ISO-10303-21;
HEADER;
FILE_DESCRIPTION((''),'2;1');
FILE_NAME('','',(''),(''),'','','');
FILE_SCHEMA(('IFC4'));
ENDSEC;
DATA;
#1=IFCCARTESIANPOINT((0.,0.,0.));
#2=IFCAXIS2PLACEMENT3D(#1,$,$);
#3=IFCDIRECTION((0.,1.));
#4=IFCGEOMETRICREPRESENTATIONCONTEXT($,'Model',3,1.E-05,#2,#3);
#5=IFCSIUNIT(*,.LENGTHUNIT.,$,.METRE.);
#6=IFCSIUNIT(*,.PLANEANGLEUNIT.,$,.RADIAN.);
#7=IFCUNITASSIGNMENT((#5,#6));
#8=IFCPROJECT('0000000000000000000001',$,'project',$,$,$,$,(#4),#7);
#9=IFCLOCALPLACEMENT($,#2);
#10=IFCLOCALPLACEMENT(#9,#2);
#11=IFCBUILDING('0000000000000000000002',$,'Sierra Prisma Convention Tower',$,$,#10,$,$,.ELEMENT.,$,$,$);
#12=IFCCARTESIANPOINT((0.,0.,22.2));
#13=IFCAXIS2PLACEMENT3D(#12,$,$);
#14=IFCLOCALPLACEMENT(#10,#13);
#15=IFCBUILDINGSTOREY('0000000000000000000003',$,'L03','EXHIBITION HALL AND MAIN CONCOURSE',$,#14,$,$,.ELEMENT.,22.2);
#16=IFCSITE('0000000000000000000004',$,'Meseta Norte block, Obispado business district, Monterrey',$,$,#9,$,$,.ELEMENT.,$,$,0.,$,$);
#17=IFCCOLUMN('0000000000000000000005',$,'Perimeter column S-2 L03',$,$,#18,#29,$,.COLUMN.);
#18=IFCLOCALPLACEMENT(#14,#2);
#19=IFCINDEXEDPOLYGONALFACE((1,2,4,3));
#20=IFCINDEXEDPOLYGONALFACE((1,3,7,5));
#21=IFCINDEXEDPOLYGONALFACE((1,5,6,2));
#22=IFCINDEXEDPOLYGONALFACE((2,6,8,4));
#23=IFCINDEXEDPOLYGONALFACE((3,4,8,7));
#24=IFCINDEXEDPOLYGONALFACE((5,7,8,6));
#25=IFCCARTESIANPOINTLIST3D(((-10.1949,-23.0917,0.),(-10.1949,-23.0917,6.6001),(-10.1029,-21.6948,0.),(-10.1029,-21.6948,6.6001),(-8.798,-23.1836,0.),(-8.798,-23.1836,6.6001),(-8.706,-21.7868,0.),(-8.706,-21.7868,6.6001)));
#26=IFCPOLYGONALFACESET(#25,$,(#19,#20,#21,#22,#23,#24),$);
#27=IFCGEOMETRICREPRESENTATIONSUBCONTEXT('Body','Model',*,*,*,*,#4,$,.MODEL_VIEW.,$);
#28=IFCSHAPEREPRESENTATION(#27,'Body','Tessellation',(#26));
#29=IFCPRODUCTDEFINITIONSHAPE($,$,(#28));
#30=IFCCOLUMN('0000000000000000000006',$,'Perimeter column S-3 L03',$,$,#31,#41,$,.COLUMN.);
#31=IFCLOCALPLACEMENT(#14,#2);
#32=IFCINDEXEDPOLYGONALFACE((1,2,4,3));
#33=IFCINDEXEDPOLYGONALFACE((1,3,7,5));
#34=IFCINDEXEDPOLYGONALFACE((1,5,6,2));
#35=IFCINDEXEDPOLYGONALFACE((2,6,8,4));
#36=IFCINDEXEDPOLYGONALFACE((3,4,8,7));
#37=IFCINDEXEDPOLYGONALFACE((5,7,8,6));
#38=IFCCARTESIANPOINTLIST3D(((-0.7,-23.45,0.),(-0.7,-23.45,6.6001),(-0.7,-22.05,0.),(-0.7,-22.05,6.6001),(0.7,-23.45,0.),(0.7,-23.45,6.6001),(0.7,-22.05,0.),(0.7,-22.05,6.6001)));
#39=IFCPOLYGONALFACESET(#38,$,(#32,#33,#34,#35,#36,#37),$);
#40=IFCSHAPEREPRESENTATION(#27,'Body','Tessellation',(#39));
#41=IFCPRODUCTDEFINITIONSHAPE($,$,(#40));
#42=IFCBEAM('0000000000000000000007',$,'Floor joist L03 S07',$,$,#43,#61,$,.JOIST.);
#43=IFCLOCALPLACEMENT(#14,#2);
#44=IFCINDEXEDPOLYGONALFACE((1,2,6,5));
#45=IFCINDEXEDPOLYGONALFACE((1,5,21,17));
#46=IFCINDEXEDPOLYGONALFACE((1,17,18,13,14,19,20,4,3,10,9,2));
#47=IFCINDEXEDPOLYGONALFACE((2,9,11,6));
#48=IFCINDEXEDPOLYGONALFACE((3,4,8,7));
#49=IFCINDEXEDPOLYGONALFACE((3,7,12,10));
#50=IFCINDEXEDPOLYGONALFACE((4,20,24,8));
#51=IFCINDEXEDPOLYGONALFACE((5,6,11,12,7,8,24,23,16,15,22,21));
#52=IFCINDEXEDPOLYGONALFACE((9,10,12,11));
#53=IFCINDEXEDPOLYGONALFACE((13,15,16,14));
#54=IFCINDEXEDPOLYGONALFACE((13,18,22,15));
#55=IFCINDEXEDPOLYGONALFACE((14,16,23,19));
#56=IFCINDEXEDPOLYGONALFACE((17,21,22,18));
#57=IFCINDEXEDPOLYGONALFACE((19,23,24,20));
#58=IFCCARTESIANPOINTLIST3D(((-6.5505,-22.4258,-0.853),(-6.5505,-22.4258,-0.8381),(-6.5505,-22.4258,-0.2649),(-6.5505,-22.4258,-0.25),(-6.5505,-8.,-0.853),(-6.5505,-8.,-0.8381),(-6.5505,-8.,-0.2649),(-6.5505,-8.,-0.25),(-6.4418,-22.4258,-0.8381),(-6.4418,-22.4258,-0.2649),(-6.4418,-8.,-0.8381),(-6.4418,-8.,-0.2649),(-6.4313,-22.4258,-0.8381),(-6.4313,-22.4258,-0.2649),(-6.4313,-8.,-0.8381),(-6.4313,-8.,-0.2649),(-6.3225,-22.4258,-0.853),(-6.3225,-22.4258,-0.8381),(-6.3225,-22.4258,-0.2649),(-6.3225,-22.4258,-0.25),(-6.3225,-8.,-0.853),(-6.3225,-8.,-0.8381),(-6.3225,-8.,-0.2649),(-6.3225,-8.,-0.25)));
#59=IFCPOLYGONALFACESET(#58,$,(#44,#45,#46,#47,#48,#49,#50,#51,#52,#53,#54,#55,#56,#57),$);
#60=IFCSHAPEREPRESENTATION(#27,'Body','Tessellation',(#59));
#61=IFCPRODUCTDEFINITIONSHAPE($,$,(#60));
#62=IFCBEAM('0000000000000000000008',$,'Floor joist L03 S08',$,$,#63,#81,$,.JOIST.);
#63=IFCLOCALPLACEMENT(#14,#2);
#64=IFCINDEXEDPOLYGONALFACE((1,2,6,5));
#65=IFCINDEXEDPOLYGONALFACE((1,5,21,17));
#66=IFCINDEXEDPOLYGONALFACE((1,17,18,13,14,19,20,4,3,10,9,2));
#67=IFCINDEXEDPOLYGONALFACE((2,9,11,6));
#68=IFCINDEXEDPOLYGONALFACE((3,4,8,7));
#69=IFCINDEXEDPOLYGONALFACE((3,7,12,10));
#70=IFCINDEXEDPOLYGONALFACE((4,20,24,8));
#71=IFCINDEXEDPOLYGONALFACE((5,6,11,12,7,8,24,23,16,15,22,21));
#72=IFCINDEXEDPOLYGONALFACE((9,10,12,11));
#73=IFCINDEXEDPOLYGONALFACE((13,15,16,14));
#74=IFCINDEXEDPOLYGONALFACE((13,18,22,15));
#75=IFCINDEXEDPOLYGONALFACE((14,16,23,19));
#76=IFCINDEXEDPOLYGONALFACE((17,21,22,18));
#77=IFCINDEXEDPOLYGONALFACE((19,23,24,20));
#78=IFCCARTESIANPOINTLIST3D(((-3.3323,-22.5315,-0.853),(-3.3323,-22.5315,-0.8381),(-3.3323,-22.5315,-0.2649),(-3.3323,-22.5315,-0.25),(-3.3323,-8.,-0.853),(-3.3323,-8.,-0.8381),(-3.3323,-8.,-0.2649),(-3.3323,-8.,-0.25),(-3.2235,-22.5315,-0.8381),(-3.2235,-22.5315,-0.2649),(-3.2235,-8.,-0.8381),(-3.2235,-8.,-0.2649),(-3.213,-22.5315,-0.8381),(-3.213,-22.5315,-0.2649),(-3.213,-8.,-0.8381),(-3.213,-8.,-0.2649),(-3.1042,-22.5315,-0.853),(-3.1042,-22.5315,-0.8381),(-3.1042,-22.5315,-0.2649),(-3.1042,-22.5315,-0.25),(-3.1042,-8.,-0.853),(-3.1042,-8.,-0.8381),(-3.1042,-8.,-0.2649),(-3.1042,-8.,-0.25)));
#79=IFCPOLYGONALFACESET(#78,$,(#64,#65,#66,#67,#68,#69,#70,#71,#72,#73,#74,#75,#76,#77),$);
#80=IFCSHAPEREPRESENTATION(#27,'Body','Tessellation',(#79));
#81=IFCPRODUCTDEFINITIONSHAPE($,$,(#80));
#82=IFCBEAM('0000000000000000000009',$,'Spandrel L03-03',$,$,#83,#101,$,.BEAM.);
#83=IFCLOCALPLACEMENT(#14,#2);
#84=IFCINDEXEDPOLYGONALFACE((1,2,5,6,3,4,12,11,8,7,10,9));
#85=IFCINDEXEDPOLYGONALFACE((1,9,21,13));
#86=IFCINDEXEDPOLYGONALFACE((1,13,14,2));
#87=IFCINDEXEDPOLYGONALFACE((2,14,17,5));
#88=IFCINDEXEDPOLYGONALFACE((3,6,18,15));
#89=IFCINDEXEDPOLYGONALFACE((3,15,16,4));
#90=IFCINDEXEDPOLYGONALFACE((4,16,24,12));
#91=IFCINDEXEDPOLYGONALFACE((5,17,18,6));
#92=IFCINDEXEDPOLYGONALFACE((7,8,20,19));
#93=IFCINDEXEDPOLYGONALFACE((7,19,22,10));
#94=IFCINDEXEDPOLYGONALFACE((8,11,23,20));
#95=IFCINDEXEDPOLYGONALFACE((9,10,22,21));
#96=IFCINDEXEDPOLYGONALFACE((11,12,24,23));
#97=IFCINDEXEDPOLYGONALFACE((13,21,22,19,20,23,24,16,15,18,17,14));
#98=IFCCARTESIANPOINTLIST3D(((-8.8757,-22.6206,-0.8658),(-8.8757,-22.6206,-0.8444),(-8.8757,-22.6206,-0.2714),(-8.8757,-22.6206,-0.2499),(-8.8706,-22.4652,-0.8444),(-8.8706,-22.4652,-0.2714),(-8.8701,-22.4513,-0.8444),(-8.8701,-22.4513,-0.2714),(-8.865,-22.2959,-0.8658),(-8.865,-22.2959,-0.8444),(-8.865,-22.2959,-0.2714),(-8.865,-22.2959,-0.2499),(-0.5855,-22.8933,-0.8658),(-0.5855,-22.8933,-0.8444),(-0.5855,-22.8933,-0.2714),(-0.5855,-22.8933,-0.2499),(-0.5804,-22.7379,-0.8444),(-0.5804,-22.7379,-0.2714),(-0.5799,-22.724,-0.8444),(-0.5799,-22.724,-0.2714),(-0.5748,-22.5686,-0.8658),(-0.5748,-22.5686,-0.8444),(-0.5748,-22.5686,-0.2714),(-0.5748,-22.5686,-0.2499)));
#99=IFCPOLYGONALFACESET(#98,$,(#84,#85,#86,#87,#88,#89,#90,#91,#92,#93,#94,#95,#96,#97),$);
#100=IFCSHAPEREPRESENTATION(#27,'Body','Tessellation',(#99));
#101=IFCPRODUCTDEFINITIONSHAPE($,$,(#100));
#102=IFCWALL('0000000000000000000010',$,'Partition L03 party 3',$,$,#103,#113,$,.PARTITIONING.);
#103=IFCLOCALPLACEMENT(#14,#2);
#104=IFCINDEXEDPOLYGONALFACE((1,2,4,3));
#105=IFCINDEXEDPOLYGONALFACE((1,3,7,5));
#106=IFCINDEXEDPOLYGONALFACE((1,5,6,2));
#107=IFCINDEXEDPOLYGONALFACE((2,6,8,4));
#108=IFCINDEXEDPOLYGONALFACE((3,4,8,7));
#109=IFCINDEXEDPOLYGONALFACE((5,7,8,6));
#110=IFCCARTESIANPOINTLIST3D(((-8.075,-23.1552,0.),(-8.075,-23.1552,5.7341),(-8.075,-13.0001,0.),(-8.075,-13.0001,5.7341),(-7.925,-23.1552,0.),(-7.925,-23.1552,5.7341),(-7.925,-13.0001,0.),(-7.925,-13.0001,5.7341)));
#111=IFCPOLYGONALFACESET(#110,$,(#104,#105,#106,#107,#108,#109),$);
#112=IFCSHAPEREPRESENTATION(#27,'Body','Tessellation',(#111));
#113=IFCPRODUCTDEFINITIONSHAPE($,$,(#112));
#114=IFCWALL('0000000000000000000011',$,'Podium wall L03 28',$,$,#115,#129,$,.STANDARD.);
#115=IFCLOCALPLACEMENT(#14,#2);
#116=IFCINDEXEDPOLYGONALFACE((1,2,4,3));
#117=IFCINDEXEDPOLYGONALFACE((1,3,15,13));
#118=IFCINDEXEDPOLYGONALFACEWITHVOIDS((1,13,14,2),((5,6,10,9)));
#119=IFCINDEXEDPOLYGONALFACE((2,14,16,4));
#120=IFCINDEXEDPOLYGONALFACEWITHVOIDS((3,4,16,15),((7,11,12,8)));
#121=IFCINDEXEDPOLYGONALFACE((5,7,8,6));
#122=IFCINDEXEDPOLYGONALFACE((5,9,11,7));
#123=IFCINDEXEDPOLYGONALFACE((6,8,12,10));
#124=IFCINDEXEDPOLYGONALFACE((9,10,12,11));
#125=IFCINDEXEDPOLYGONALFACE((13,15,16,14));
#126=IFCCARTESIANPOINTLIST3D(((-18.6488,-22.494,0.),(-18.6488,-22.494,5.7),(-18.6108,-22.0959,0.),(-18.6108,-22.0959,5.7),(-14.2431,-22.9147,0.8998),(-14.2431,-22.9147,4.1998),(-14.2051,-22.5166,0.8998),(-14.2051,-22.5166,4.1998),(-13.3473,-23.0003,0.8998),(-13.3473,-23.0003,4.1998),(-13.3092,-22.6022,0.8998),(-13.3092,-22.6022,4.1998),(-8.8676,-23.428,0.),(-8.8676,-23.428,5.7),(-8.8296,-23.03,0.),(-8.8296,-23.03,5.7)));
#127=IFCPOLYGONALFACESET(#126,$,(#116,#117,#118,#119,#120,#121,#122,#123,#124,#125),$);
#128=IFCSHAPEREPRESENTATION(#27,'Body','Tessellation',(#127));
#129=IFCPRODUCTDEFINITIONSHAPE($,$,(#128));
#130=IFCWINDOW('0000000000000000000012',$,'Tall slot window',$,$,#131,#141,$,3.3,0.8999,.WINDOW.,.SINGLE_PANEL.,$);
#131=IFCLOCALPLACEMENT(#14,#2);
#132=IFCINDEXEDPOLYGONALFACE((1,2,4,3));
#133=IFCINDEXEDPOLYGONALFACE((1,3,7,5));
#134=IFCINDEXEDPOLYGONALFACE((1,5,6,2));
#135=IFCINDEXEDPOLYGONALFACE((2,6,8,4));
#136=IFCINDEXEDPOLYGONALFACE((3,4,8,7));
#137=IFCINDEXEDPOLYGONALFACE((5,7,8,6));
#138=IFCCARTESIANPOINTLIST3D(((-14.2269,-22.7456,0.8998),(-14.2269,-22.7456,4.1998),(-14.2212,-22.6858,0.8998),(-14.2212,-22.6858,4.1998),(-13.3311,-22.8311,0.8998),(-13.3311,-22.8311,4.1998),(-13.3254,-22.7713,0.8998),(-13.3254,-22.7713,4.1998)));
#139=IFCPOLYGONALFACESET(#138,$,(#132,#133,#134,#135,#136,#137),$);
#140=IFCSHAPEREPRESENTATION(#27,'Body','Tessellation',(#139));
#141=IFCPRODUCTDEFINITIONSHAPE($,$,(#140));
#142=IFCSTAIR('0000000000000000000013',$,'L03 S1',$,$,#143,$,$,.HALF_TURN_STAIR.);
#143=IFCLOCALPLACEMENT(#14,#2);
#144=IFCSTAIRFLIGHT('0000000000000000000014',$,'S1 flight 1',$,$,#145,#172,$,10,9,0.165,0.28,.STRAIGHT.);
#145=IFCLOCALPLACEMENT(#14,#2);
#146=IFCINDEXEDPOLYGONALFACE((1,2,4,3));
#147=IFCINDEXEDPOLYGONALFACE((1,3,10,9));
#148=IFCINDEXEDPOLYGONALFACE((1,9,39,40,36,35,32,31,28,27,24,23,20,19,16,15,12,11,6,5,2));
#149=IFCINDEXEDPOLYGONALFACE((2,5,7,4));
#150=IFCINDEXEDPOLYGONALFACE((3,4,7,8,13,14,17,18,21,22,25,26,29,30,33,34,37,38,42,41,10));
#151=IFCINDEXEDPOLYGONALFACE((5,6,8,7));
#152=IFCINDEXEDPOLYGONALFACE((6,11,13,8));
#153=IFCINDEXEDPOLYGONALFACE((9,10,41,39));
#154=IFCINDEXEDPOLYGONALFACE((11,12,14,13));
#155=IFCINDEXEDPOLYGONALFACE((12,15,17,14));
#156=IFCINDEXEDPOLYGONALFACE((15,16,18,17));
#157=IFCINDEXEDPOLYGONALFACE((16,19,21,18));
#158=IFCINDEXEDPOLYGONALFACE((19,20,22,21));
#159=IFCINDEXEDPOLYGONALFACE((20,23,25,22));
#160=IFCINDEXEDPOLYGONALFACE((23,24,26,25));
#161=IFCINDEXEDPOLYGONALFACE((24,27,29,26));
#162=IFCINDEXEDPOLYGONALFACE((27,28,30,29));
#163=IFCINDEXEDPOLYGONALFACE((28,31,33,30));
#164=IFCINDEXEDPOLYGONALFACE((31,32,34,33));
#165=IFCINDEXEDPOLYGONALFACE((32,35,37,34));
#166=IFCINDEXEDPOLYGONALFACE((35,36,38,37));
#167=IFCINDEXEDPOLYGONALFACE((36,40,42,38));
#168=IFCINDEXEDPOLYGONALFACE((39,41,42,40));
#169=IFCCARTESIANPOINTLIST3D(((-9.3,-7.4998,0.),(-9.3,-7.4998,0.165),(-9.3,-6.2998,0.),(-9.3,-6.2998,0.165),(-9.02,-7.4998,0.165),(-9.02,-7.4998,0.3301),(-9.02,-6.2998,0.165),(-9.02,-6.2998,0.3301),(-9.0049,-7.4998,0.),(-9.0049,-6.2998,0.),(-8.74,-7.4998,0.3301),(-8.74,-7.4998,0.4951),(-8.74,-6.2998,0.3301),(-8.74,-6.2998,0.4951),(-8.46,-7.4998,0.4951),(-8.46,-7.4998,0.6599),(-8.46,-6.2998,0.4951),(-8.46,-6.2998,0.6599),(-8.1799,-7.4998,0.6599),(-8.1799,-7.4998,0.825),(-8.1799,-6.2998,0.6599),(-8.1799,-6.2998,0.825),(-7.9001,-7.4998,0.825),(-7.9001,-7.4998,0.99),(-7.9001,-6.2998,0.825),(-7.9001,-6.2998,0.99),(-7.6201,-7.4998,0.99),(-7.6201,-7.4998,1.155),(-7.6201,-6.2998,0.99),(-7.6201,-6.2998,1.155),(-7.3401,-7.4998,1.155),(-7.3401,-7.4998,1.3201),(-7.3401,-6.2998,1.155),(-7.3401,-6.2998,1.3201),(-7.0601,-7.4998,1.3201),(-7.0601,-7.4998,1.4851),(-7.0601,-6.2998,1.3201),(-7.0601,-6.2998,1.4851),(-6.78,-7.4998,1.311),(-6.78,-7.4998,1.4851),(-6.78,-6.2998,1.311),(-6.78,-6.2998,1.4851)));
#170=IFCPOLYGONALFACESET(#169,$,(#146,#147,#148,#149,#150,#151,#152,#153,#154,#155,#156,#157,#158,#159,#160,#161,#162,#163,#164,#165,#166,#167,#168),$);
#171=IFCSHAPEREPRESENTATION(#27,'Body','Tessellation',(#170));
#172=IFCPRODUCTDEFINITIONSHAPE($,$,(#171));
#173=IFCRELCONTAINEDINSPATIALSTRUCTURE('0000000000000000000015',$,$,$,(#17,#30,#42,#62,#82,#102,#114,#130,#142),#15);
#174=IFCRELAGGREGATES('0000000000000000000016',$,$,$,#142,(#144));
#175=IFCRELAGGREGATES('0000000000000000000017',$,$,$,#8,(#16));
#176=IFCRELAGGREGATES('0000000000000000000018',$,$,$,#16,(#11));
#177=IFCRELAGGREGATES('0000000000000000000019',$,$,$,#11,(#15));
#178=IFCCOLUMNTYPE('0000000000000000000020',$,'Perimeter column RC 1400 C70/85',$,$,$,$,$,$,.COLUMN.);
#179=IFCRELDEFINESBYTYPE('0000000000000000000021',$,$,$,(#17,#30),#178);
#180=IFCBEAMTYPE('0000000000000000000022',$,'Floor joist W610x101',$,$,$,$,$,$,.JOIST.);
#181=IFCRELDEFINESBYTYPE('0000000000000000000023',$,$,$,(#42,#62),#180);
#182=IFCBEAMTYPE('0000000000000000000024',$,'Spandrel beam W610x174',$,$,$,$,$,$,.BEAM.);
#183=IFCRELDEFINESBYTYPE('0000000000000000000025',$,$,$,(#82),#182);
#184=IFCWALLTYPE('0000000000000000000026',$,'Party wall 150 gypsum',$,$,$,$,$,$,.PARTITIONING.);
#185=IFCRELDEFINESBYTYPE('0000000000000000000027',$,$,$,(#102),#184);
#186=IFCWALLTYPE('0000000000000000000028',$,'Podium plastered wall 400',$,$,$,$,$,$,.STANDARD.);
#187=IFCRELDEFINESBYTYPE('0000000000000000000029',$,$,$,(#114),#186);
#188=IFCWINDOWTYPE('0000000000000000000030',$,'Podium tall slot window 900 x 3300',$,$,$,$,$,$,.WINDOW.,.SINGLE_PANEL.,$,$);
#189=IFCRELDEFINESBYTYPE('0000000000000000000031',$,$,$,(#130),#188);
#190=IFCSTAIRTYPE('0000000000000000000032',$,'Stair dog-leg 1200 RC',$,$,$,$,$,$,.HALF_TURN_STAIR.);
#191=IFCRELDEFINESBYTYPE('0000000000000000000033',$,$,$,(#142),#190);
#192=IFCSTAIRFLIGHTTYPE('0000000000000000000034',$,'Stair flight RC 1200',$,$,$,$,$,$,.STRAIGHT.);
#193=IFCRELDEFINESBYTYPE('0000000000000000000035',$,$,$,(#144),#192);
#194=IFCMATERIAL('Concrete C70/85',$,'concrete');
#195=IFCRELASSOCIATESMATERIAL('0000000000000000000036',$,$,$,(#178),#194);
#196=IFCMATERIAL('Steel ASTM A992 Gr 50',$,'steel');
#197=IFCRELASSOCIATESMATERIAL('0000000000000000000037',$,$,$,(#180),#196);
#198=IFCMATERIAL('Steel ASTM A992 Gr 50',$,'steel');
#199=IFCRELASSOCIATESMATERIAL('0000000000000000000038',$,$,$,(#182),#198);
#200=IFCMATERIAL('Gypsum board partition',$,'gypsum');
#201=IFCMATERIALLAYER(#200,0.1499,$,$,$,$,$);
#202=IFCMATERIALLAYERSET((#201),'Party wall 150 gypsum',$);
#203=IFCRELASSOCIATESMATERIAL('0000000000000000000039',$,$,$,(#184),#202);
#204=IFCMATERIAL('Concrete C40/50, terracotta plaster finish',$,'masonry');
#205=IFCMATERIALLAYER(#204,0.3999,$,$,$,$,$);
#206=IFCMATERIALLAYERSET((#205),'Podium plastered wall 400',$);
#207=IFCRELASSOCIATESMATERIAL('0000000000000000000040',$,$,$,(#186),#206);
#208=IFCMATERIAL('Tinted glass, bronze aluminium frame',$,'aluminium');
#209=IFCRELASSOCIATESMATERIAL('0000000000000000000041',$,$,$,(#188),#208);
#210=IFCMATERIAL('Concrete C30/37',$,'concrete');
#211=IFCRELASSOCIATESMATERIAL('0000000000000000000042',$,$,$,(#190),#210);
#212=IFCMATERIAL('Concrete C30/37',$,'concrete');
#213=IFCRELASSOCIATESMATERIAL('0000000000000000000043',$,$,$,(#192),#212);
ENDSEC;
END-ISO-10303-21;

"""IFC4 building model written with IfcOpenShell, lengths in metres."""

from ifc_helpers import new_model, si_unit, direction, frame, frame_2d, origin, origin_2d, place, context, subcontext, project, spatial, polyline, rectangle, i_section, outline, extrude, material, layer, layer_set, material_profile, profile_set, type_object, element, fill, aggregate, save


model = new_model("IFC4")

# Units and contexts
model_context = context("Model", 3, precision=1e-05, world=origin(), true_north=direction((0.0, 1.0)))
body_context = subcontext(model_context, "Body", "Model", "MODEL_VIEW")
ifc_project = project(units=[si_unit("LENGTHUNIT", "METRE"), si_unit("PLANEANGLEUNIT", "RADIAN")], contexts=[model_context])

# Site, building, storey
site_placement = place(None, origin())
site = spatial("IfcSite", under=ifc_project, at=site_placement, Name="Meseta Norte block, Obispado business district, Monterrey", CompositionType="ELEMENT", RefElevation=0.0)
building_placement = place(site_placement, origin())
building = spatial("IfcBuilding", under=site, at=building_placement, Name="Sierra Prisma Convention Tower", CompositionType="ELEMENT")
storey_placement = place(building_placement, frame((0.0, 0.0, 22.2)))
storey = spatial("IfcBuildingStorey", under=building, at=storey_placement, Name="L03", Description="EXHIBITION HALL AND MAIN CONCOURSE", CompositionType="ELEMENT", Elevation=22.2)

# Columns
ifc_material_1 = material(Name="Concrete C70/85", Category="concrete")
ifc_material_profile_1 = material_profile(ifc_material_1, rectangle(XDim=1.3999, YDim=1.3999, at=origin_2d()), Name="Perimeter column RC 1400 C70/85")
ifc_profile_set_1 = profile_set([ifc_material_profile_1], Name="Concrete C70/85")
column_type = type_object("IfcColumnType", Name="Perimeter column RC 1400 C70/85", PredefinedType="COLUMN", material=ifc_profile_set_1)
for number, where, z_axis, x_axis, name in (
    (1, (-9.4504, -22.4392, 0.0), (0.0, 0.0, 1.0), (-0.997839, 0.065699, 0.0), "Perimeter column S-2 L03"),
    (2, (0.0, -22.75, 0.0), (0.0, 0.0, 1.0), (1.0, 0.0, 0.0), "Perimeter column S-3 L03"),
):
    element("IfcColumn", number, at=place(storey_placement, frame(where, z_axis=z_axis, x_axis=x_axis)), inside=storey, type_object=column_type, Name=name, PredefinedType="COLUMN", context=body_context, shape_type="SweptSolid", body=[
        extrude(rectangle(XDim=1.3999, YDim=1.3999, at=origin_2d()), origin(), (0.0, 0.0, 1.0), 6.6001),
    ])

# Beams
ifc_material_2 = material(Name="Steel ASTM A992 Gr 50", Category="steel")
ifc_material_profile_2 = material_profile(ifc_material_2, i_section(OverallWidth=0.228, OverallDepth=0.603, WebThickness=0.0105, FlangeThickness=0.0149, at=origin_2d()), Name="W610x101")
ifc_profile_set_2 = profile_set([ifc_material_profile_2], Name="Steel ASTM A992 Gr 50")
beam_type_1 = type_object("IfcBeamType", Name="Floor joist W610x101", PredefinedType="JOIST", material=ifc_profile_set_2)
beam_1_placement = place(storey_placement, frame((-6.4365, -22.4258, -0.5515), z_axis=(0.0, 1.0, 0.0), x_axis=(-1.0, 0.0, 0.0)))
element("IfcBeam", 3, at=beam_1_placement, inside=storey, type_object=beam_type_1, Name="Floor joist L03 S07", PredefinedType="JOIST", context=body_context, shape_type="SweptSolid", body=[
    extrude(i_section(OverallWidth=0.228, OverallDepth=0.603, WebThickness=0.0105, FlangeThickness=0.0149, at=origin_2d()), origin(), (0.0, 0.0, 1.0), 14.4258),
])
beam_2_placement = place(storey_placement, frame((-3.2183, -22.5315, -0.5515), z_axis=(0.0, 1.0, 0.0), x_axis=(-1.0, 0.0, 0.0)))
element("IfcBeam", 4, at=beam_2_placement, inside=storey, type_object=beam_type_1, Name="Floor joist L03 S08", PredefinedType="JOIST", context=body_context, shape_type="SweptSolid", body=[
    extrude(i_section(OverallWidth=0.228, OverallDepth=0.603, WebThickness=0.0105, FlangeThickness=0.0149, at=origin_2d()), origin(), (0.0, 0.0, 1.0), 14.5315),
])
ifc_material_3 = material(Name="Steel ASTM A992 Gr 50", Category="steel")
ifc_material_profile_3 = material_profile(ifc_material_3, i_section(OverallWidth=0.325, OverallDepth=0.616, WebThickness=0.0139, FlangeThickness=0.0215, at=origin_2d()), Name="W610x174")
ifc_profile_set_3 = profile_set([ifc_material_profile_3], Name="Steel ASTM A992 Gr 50")
beam_type_2 = type_object("IfcBeamType", Name="Spandrel beam W610x174", PredefinedType="BEAM", material=ifc_profile_set_3)
beam_3_placement = place(storey_placement, frame((-8.8704, -22.4583, -0.5579), z_axis=(0.999459, -0.032877, 0.0), x_axis=(0.032877, 0.999459, 0.0)))
element("IfcBeam", 5, at=beam_3_placement, inside=storey, type_object=beam_type_2, Name="Spandrel L03-03", PredefinedType="BEAM", context=body_context, shape_type="SweptSolid", body=[
    extrude(i_section(OverallWidth=0.325, OverallDepth=0.616, WebThickness=0.0139, FlangeThickness=0.0215, at=origin_2d()), origin(), (0.0, 0.0, 1.0), 8.2947),
])

# Wall
ifc_material_4 = material(Name="Gypsum board partition", Category="gypsum")
ifc_layer_1 = layer(ifc_material_4, 0.1499)
ifc_layer_set_1 = layer_set([ifc_layer_1], Name="Party wall 150 gypsum")
wall_type_1 = type_object("IfcWallType", Name="Party wall 150 gypsum", PredefinedType="PARTITIONING", material=ifc_layer_set_1)
wall_1_placement = place(storey_placement, frame((-8.0, -13.0, 0.0), z_axis=(0.0, 0.0, 1.0), x_axis=(0.0, -1.0, 0.0)))
element("IfcWall", 6, at=wall_1_placement, inside=storey, type_object=wall_type_1, Name="Partition L03 party 3", PredefinedType="PARTITIONING", context=body_context, shape_type="SweptSolid", body=[
    extrude(rectangle(XDim=10.155, YDim=0.1499, at=frame_2d((5.0776, 0.0))), origin(), (0.0, 0.0, 1.0), 5.7341),
])

# Wall, opening, window
ifc_material_5 = material(Name="Concrete C40/50, terracotta plaster finish", Category="masonry")
ifc_layer_2 = layer(ifc_material_5, 0.3999)
ifc_layer_set_2 = layer_set([ifc_layer_2], Name="Podium plastered wall 400")
wall_type_2 = type_object("IfcWallType", Name="Podium plastered wall 400", PredefinedType="STANDARD", material=ifc_layer_set_2)
wall_2_placement = place(storey_placement, frame((-8.8486, -23.229, 0.0), z_axis=(0.0, 0.0, 1.0), x_axis=(-0.995471, 0.095065, 0.0)))
wall_2 = element("IfcWall", 7, at=wall_2_placement, inside=storey, type_object=wall_type_2, Name="Podium wall L03 28", PredefinedType="STANDARD", context=body_context, shape_type="SweptSolid", body=[
    extrude(rectangle(XDim=9.8257, YDim=0.3999, at=frame_2d((4.9128, 0.0))), origin(), (0.0, 0.0, 1.0), 5.7),
])
opening_1_placement = place(wall_2_placement, frame((4.5, 0.0, 0.8999)))
opening_1 = element("IfcOpeningElement", 8, at=opening_1_placement, cuts=wall_2, PredefinedType="OPENING", context=body_context, shape_type="SweptSolid", body=[
    extrude(rectangle(XDim=0.8999, YDim=3.3, at=frame_2d((0.45, 1.6499))), frame((0.0, 0.2, 0.0), z_axis=(0.0, -1.0, 0.0), x_axis=(1.0, 0.0, 0.0)), (0.0, 0.0, 1.0), 0.3999),
])
ifc_material_6 = material(Name="Tinted glass, bronze aluminium frame", Category="aluminium")
window_type = type_object("IfcWindowType", Name="Podium tall slot window 900 x 3300", PartitioningType="SINGLE_PANEL", PredefinedType="WINDOW", material=ifc_material_6)
window_placement = place(opening_1_placement, origin())
window = element("IfcWindow", 9, at=window_placement, inside=storey, type_object=window_type, Name="Tall slot window", OverallHeight=3.3, OverallWidth=0.8999, PartitioningType="SINGLE_PANEL", PredefinedType="WINDOW", context=body_context, shape_type="SweptSolid", body=[
    extrude(rectangle(XDim=0.8999, YDim=3.3, at=frame_2d((0.45, 1.6499))), frame((0.0, 0.03, 0.0), z_axis=(0.0, -1.0, 0.0), x_axis=(1.0, 0.0, 0.0)), (0.0, 0.0, 1.0), 0.0601),
])
fill(opening_1, window)

# Stair, stair flight
ifc_material_7 = material(Name="Concrete C30/37", Category="concrete")
stair_type = type_object("IfcStairType", Name="Stair dog-leg 1200 RC", PredefinedType="HALF_TURN_STAIR", material=ifc_material_7)
stair_placement = place(storey_placement, origin())
stair = element("IfcStair", 10, at=stair_placement, inside=storey, type_object=stair_type, Name="L03 S1", PredefinedType="HALF_TURN_STAIR")
ifc_material_8 = material(Name="Concrete C30/37", Category="concrete")
stair_flight_type = type_object("IfcStairFlightType", Name="Stair flight RC 1200", PredefinedType="STRAIGHT", material=ifc_material_8)
stair_flight_1_placement = place(storey_placement, frame((-9.3, -6.8999, 0.0), z_axis=(0.0, 0.0, 1.0), x_axis=(1.0, 0.0, 0.0)))
stair_flight_1 = element("IfcStairFlight", 11, at=stair_flight_1_placement, type_object=stair_flight_type, Name="S1 flight 1", NumberOfRisers=10, NumberOfTreads=9, PredefinedType="STRAIGHT", RiserHeight=0.165, TreadLength=0.28, context=body_context, shape_type="SweptSolid", body=[
    extrude(outline(polyline([(0.0, 0.0), (0.0, 0.165), (0.28, 0.165), (0.28, 0.3301), (0.5601, 0.3301), (0.5601, 0.4951), (0.8401, 0.4951), (0.8401, 0.6599), (1.1201, 0.6599), (1.1201, 0.825), (1.3999, 0.825), (1.3999, 0.99), (1.6799, 0.99), (1.6799, 1.155), (1.96, 1.155), (1.96, 1.3201), (2.24, 1.3201), (2.24, 1.4851), (2.52, 1.4851), (2.52, 1.6499), (2.52, 1.311), (0.2952, 0.0), (0.0, 0.0)])), frame((0.0, 0.6001, 0.0), z_axis=(0.0, -1.0, 0.0), x_axis=(1.0, 0.0, 0.0)), (0.0, 0.0, 1.0), 1.2),
])
aggregate(stair, [stair_flight_1])

save(model, "model.ifc")
